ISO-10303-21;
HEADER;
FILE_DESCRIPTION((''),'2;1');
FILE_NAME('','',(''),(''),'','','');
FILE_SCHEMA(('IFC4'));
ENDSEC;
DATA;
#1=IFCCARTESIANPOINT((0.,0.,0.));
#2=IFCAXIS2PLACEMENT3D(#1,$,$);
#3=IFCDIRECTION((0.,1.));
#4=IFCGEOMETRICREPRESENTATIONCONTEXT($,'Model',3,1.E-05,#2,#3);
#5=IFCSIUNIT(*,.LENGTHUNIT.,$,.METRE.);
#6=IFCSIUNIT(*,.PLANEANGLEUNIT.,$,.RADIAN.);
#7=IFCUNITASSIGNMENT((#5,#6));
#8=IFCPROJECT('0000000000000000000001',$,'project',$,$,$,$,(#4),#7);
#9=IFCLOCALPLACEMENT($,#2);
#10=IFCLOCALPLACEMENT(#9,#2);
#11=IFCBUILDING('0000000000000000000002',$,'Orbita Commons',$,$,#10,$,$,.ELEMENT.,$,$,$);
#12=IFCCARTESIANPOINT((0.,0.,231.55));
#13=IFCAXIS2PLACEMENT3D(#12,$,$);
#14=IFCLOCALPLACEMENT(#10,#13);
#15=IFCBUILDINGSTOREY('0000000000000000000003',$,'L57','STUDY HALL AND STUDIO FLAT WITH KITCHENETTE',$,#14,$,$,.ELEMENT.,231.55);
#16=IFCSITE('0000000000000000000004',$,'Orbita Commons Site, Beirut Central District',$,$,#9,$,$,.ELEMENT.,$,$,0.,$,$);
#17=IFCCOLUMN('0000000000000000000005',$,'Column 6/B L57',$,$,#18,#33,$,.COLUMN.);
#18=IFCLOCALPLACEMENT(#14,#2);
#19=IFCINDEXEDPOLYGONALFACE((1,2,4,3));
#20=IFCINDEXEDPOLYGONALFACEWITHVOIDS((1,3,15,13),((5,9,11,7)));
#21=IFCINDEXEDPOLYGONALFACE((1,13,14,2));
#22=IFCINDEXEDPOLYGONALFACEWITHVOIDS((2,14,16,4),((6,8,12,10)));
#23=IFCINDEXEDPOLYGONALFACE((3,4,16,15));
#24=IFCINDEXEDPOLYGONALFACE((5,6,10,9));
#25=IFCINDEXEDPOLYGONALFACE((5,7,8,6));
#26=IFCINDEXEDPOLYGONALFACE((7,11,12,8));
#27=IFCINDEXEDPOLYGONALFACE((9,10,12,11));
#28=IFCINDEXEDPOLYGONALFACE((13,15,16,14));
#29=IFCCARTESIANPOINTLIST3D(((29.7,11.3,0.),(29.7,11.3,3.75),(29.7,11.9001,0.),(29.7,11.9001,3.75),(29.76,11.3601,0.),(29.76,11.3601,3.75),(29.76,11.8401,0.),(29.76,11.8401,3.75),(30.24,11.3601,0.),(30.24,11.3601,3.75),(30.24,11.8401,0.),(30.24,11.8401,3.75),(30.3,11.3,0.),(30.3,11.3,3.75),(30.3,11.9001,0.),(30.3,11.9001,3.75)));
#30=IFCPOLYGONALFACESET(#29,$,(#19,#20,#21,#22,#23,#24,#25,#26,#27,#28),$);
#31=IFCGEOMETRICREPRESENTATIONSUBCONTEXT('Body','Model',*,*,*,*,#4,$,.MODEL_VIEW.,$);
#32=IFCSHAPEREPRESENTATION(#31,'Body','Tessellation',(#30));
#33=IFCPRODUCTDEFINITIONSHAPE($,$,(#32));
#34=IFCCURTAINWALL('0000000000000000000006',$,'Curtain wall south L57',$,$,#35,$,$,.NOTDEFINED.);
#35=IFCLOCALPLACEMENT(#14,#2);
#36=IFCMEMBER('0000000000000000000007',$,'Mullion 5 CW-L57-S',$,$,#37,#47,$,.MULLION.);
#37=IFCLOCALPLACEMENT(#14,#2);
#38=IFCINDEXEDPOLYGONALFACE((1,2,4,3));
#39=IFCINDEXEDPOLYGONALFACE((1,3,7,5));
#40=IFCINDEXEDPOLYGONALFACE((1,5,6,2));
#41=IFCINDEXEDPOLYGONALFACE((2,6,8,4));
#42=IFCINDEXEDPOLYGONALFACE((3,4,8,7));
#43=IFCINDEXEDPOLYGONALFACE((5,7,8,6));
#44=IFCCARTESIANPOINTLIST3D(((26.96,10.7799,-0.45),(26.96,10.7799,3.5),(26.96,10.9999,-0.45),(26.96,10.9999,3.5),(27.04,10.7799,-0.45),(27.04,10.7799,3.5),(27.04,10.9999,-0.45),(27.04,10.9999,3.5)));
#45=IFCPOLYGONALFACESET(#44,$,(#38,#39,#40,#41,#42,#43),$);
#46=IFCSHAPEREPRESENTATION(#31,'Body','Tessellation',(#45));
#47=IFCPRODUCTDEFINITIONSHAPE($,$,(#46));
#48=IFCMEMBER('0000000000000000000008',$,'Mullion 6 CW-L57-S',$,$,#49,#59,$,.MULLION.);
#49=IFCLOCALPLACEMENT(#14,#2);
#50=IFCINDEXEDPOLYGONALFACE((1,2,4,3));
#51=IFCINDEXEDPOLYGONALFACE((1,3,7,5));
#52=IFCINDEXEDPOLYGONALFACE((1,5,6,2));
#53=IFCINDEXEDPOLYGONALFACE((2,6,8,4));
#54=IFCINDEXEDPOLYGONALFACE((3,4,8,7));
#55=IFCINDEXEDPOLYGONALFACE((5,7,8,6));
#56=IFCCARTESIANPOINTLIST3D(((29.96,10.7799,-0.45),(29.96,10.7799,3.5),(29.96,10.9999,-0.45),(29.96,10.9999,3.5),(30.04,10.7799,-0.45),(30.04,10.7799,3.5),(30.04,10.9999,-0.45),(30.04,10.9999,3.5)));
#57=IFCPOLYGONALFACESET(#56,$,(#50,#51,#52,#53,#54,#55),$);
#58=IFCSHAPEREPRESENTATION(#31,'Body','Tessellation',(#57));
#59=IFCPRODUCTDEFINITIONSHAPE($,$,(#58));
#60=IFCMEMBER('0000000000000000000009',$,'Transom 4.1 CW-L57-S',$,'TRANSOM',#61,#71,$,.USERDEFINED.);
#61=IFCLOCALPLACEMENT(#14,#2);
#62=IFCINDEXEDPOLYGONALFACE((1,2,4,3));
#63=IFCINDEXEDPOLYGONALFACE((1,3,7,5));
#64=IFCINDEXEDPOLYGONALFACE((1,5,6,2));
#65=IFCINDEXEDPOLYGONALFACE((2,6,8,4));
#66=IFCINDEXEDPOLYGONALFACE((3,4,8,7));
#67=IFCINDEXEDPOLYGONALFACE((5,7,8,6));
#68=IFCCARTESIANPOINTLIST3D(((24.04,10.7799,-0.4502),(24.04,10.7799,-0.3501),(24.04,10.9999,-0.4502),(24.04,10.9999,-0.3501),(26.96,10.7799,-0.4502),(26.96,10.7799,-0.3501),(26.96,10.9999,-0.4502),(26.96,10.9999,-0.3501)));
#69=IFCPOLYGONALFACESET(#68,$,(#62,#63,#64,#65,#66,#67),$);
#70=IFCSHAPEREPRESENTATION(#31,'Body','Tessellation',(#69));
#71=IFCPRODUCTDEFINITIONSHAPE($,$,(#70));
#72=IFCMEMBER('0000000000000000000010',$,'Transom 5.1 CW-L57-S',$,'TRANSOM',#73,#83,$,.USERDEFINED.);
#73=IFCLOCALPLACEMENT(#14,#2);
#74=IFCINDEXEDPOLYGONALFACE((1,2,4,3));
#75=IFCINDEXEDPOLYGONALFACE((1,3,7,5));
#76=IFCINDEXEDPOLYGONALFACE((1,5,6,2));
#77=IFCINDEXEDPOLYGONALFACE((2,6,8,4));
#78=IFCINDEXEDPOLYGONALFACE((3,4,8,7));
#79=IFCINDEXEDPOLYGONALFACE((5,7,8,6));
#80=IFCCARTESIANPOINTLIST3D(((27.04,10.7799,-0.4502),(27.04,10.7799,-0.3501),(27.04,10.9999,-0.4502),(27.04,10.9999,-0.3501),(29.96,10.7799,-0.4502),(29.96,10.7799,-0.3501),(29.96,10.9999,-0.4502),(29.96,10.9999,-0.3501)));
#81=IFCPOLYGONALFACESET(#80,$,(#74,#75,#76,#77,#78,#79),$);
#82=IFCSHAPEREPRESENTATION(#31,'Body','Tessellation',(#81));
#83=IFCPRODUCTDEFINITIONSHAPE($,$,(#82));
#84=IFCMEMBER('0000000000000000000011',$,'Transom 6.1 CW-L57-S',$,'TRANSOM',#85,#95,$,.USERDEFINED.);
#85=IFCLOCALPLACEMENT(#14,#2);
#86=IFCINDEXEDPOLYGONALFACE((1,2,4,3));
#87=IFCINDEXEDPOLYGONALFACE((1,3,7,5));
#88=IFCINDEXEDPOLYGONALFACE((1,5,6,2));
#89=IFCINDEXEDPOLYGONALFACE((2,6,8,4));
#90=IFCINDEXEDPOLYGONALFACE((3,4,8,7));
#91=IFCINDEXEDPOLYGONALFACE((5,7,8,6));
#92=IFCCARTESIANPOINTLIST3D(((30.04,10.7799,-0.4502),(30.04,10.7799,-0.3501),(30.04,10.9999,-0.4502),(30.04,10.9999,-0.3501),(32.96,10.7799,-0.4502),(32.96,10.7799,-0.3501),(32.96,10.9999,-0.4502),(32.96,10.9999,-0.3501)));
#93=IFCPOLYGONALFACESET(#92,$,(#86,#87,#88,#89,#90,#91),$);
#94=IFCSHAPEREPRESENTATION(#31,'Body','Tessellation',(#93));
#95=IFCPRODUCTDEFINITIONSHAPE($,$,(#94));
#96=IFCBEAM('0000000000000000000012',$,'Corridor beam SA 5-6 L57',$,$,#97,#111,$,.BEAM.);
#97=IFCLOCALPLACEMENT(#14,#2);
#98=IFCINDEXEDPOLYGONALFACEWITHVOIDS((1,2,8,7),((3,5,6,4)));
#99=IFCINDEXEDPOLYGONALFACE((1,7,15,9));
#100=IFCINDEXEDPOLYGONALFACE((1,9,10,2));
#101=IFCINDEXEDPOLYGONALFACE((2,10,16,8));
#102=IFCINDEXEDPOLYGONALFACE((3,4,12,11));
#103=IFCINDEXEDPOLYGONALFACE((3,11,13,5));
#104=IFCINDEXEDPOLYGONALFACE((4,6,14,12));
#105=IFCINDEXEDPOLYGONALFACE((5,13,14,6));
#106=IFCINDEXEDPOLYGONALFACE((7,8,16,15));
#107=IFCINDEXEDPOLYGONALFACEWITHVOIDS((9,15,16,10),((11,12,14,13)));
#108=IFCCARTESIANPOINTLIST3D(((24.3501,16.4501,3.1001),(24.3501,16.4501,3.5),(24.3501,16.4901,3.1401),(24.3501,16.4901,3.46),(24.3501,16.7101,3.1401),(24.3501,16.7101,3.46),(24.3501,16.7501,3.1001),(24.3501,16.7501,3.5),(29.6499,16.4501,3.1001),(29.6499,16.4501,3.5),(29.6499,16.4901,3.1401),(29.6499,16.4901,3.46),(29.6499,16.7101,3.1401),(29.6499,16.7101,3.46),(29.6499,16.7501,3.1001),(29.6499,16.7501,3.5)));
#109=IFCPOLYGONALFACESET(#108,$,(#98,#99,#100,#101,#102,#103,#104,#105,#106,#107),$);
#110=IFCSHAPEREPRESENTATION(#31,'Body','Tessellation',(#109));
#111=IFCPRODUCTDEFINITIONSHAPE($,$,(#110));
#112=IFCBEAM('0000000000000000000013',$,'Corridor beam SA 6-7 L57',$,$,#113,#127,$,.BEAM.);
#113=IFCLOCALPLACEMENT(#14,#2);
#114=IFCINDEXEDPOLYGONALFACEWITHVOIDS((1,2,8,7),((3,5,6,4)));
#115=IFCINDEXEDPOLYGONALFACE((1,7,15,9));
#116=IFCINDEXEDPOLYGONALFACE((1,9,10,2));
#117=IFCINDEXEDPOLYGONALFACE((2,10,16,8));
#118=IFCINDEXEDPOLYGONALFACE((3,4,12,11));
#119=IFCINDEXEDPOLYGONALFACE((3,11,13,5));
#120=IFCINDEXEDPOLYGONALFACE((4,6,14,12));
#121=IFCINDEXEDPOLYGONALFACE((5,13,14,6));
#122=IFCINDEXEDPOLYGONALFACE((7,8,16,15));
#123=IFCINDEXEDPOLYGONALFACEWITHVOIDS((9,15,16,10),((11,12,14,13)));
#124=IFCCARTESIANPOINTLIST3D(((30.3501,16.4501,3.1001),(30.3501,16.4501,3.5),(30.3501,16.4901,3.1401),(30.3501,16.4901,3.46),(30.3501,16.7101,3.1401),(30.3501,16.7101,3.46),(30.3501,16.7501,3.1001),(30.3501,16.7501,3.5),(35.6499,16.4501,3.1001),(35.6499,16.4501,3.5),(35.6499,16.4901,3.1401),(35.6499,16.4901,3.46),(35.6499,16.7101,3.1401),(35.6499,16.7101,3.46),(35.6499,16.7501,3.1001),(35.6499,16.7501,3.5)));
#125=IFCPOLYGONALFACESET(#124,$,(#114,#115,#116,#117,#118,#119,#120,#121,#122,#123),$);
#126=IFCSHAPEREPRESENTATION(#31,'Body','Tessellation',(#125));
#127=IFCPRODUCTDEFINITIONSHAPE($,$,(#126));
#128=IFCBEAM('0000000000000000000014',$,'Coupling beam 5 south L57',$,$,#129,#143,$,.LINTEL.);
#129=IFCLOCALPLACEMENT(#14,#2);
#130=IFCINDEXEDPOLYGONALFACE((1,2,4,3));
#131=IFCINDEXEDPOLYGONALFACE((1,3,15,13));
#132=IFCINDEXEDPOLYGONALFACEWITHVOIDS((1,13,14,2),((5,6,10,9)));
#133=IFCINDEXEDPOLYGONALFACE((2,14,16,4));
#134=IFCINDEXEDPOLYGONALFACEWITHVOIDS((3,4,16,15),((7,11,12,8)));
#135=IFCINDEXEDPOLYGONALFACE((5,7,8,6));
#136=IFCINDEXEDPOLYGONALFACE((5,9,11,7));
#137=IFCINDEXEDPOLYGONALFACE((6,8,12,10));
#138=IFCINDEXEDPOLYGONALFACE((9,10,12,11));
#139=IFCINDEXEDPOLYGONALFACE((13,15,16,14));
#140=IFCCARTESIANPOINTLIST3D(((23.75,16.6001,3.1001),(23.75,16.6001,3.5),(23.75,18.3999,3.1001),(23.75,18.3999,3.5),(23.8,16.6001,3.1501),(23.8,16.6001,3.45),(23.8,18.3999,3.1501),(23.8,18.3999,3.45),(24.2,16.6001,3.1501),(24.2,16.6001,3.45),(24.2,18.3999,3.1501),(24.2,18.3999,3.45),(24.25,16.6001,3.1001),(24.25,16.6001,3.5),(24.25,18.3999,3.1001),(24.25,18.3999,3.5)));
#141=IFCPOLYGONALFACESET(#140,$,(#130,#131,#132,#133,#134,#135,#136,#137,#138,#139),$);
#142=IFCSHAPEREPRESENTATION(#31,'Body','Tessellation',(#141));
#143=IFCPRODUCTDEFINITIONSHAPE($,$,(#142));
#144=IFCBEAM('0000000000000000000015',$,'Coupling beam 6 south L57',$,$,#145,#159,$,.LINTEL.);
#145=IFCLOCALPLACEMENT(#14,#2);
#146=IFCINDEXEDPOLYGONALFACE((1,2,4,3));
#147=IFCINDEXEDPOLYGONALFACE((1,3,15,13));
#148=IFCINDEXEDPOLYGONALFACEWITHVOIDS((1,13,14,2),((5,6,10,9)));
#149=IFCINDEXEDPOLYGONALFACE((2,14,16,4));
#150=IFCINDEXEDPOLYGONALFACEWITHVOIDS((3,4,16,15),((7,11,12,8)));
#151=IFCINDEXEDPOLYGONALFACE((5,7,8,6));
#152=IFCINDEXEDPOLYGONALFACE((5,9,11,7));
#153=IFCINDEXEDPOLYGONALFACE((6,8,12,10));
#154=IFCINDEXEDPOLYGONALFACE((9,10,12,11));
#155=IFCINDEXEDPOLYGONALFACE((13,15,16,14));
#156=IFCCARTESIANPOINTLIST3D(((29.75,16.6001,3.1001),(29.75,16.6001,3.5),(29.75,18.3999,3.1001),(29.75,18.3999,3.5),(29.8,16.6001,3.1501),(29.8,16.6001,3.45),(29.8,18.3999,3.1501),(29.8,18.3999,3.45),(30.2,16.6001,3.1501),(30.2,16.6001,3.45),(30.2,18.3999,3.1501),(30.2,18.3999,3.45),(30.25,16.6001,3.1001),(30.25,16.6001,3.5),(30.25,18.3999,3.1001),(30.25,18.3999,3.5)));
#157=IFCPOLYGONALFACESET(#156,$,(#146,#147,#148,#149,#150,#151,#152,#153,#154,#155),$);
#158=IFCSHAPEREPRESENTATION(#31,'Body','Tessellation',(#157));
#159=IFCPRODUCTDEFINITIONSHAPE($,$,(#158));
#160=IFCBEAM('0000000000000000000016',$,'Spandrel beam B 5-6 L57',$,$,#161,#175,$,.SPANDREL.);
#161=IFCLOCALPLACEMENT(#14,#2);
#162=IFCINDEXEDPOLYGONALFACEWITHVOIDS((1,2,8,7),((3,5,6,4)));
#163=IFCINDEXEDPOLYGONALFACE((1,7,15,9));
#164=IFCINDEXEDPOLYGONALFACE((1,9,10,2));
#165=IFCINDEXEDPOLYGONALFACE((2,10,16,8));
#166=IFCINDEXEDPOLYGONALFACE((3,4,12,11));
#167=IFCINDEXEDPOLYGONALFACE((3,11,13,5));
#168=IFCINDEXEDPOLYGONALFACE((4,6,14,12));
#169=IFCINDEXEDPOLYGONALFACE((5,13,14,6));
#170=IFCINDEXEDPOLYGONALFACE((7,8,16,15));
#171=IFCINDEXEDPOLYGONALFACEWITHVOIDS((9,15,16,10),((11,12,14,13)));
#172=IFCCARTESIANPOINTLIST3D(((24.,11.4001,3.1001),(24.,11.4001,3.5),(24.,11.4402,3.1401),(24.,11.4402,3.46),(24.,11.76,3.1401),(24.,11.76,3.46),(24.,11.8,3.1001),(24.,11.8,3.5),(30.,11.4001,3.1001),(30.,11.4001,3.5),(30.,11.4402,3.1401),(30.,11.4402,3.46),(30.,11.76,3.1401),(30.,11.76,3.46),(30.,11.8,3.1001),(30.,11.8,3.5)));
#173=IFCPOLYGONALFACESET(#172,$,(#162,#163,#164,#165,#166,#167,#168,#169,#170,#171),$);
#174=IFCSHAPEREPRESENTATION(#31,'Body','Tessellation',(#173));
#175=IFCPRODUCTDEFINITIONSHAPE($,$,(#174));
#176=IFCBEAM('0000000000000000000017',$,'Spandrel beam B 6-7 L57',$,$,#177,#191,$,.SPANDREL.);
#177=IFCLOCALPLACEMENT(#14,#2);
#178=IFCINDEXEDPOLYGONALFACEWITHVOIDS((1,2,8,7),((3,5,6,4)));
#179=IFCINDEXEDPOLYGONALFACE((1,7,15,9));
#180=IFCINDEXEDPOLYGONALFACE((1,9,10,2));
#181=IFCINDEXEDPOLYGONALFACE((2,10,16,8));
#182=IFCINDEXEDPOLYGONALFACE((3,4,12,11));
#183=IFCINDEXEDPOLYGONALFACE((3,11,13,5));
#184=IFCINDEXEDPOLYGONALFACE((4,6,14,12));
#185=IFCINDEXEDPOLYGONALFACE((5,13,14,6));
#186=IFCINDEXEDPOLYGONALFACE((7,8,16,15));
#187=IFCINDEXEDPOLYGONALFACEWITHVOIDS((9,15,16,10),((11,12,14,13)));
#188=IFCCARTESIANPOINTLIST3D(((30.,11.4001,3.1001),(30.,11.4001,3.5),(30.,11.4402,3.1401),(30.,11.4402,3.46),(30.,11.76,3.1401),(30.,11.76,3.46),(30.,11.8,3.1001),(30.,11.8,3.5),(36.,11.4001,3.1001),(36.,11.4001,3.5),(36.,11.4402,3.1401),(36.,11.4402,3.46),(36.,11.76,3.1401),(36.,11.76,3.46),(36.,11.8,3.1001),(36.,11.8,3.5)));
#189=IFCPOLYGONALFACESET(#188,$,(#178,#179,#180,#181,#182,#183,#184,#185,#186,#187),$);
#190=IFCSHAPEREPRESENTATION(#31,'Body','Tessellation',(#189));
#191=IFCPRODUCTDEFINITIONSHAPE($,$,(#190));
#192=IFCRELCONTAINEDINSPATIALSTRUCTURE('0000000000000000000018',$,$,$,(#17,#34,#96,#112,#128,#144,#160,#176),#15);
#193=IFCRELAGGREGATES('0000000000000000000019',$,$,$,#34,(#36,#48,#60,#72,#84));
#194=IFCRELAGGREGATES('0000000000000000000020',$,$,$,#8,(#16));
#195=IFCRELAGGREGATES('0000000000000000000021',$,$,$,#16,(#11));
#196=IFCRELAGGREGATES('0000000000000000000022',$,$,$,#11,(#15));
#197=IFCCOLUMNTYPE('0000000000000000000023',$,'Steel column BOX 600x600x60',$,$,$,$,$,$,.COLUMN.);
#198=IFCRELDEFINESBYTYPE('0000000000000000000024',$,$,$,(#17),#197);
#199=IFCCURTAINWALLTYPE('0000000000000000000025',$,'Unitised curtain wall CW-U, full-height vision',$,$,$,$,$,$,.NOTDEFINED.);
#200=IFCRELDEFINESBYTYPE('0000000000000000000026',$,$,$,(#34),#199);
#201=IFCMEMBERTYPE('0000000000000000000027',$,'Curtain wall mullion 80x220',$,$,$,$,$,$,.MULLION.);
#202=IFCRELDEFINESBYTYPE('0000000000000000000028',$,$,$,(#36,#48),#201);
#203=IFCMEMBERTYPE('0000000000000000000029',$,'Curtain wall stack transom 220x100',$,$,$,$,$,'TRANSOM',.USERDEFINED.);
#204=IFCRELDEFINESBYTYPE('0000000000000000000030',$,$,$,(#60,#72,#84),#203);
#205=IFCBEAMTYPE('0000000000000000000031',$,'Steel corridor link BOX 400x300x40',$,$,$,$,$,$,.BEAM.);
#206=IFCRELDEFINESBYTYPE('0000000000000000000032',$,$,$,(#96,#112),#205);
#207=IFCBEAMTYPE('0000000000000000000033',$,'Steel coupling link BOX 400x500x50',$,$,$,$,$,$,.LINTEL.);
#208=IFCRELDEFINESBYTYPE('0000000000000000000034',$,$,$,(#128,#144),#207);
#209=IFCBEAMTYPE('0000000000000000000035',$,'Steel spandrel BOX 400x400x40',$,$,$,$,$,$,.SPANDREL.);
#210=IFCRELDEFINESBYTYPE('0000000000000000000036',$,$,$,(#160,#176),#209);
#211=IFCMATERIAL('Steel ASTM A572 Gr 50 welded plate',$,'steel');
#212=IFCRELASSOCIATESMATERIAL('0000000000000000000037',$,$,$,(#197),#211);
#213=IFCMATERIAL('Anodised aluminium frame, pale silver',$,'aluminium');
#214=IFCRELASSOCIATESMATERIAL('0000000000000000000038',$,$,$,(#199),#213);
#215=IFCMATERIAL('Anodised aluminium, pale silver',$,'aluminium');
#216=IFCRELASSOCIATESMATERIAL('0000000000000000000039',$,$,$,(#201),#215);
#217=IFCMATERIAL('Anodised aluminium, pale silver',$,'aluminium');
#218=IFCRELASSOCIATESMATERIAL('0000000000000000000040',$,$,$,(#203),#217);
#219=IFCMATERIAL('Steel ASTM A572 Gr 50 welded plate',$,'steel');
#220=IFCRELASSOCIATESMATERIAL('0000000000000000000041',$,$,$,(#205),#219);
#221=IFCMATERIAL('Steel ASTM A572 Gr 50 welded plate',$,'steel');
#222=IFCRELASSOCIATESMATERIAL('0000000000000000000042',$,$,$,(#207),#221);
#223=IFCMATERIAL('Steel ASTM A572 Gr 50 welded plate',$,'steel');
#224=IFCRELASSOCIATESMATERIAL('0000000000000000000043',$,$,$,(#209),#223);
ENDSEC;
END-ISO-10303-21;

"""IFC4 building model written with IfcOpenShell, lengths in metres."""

from ifc_helpers import new_model, si_unit, direction, frame, origin, origin_2d, place, context, subcontext, project, spatial, rectangle, hollow_rectangle, extrude, material, material_profile, profile_set, type_object, element, aggregate, save


model = new_model("IFC4")

# Units and contexts
model_context = context("Model", 3, precision=1e-05, world=origin(), true_north=direction((0.0, 1.0)))
body_context = subcontext(model_context, "Body", "Model", "MODEL_VIEW")
ifc_project = project(units=[si_unit("LENGTHUNIT", "METRE"), si_unit("PLANEANGLEUNIT", "RADIAN")], contexts=[model_context])

# Site, building, storey
site_placement = place(None, origin())
site = spatial("IfcSite", under=ifc_project, at=site_placement, Name="Orbita Commons Site, Beirut Central District", CompositionType="ELEMENT", RefElevation=0.0)
building_placement = place(site_placement, origin())
building = spatial("IfcBuilding", under=site, at=building_placement, Name="Orbita Commons", CompositionType="ELEMENT")
storey_placement = place(building_placement, frame((0.0, 0.0, 231.55)))
storey = spatial("IfcBuildingStorey", under=building, at=storey_placement, Name="L57", Description="STUDY HALL AND STUDIO FLAT WITH KITCHENETTE", CompositionType="ELEMENT", Elevation=231.55)

# Column
ifc_material_1 = material(Name="Steel ASTM A572 Gr 50 welded plate", Category="steel")
ifc_material_profile_1 = material_profile(ifc_material_1, hollow_rectangle(XDim=0.6001, YDim=0.6001, WallThickness=0.0601, at=origin_2d()), Name="BOX 600x600x60")
ifc_profile_set_1 = profile_set([ifc_material_profile_1], Name="Steel ASTM A572 Gr 50 welded plate")
column_type = type_object("IfcColumnType", Name="Steel column BOX 600x600x60", PredefinedType="COLUMN", material=ifc_profile_set_1)
column_placement = place(storey_placement, frame((30.0, 11.6001, 0.0), z_axis=(0.0, 0.0, 1.0), x_axis=(1.0, 0.0, 0.0)))
element("IfcColumn", 1, at=column_placement, inside=storey, type_object=column_type, Name="Column 6/B L57", PredefinedType="COLUMN", context=body_context, shape_type="SweptSolid", body=[
    extrude(hollow_rectangle(XDim=0.6001, YDim=0.6001, WallThickness=0.0601, at=origin_2d()), origin(), (0.0, 0.0, 1.0), 3.75),
])

# Curtain wall, members
ifc_material_2 = material(Name="Anodised aluminium frame, pale silver", Category="aluminium")
curtain_wall_type = type_object("IfcCurtainWallType", Name="Unitised curtain wall CW-U, full-height vision", PredefinedType="NOTDEFINED", material=ifc_material_2)
curtain_wall_placement = place(storey_placement, origin())
curtain_wall = element("IfcCurtainWall", 2, at=curtain_wall_placement, inside=storey, type_object=curtain_wall_type, Name="Curtain wall south L57", PredefinedType="NOTDEFINED")
ifc_material_3 = material(Name="Anodised aluminium, pale silver", Category="aluminium")
ifc_material_profile_2 = material_profile(ifc_material_3, rectangle(XDim=0.0801, YDim=0.22, at=origin_2d()), Name="AL 80x220")
ifc_profile_set_2 = profile_set([ifc_material_profile_2], Name="Anodised aluminium, pale silver")
member_type_1 = type_object("IfcMemberType", Name="Curtain wall mullion 80x220", PredefinedType="MULLION", material=ifc_profile_set_2)
member_1_placement = place(storey_placement, frame((27.0, 10.8899, -0.45), z_axis=(0.0, 0.0, 1.0), x_axis=(1.0, 0.0, 0.0)))
member_1 = element("IfcMember", 3, at=member_1_placement, type_object=member_type_1, Name="Mullion 5 CW-L57-S", PredefinedType="MULLION", context=body_context, shape_type="SweptSolid", body=[
    extrude(rectangle(XDim=0.0801, YDim=0.22, at=origin_2d()), origin(), (0.0, 0.0, 1.0), 3.95),
])
member_2_placement = place(storey_placement, frame((30.0, 10.8899, -0.45), z_axis=(0.0, 0.0, 1.0), x_axis=(1.0, 0.0, 0.0)))
member_2 = element("IfcMember", 4, at=member_2_placement, type_object=member_type_1, Name="Mullion 6 CW-L57-S", PredefinedType="MULLION", context=body_context, shape_type="SweptSolid", body=[
    extrude(rectangle(XDim=0.0801, YDim=0.22, at=origin_2d()), origin(), (0.0, 0.0, 1.0), 3.95),
])
ifc_material_4 = material(Name="Anodised aluminium, pale silver", Category="aluminium")
ifc_material_profile_3 = material_profile(ifc_material_4, rectangle(XDim=0.22, YDim=0.1001, at=origin_2d()), Name="AL 220x100")
ifc_profile_set_3 = profile_set([ifc_material_profile_3], Name="Anodised aluminium, pale silver")
member_type_2 = type_object("IfcMemberType", Name="Curtain wall stack transom 220x100", ElementType="TRANSOM", PredefinedType="USERDEFINED", material=ifc_profile_set_3)
member_3_placement = place(storey_placement, frame((24.04, 10.8899, -0.4001), z_axis=(1.0, 0.0, 0.0), x_axis=(0.0, 1.0, 0.0)))
member_3 = element("IfcMember", 5, at=member_3_placement, type_object=member_type_2, Name="Transom 4.1 CW-L57-S", ObjectType="TRANSOM", PredefinedType="USERDEFINED", context=body_context, shape_type="SweptSolid", body=[
    extrude(rectangle(XDim=0.22, YDim=0.1001, at=origin_2d()), origin(), (0.0, 0.0, 1.0), 2.9199),
])
member_4_placement = place(storey_placement, frame((27.04, 10.8899, -0.4001), z_axis=(1.0, 0.0, 0.0), x_axis=(0.0, 1.0, 0.0)))
member_4 = element("IfcMember", 6, at=member_4_placement, type_object=member_type_2, Name="Transom 5.1 CW-L57-S", ObjectType="TRANSOM", PredefinedType="USERDEFINED", context=body_context, shape_type="SweptSolid", body=[
    extrude(rectangle(XDim=0.22, YDim=0.1001, at=origin_2d()), origin(), (0.0, 0.0, 1.0), 2.9199),
])
member_5_placement = place(storey_placement, frame((30.04, 10.8899, -0.4001), z_axis=(1.0, 0.0, 0.0), x_axis=(0.0, 1.0, 0.0)))
member_5 = element("IfcMember", 7, at=member_5_placement, type_object=member_type_2, Name="Transom 6.1 CW-L57-S", ObjectType="TRANSOM", PredefinedType="USERDEFINED", context=body_context, shape_type="SweptSolid", body=[
    extrude(rectangle(XDim=0.22, YDim=0.1001, at=origin_2d()), origin(), (0.0, 0.0, 1.0), 2.9199),
])

# Beams
ifc_material_5 = material(Name="Steel ASTM A572 Gr 50 welded plate", Category="steel")
ifc_material_profile_4 = material_profile(ifc_material_5, hollow_rectangle(XDim=0.3, YDim=0.3999, WallThickness=0.04, at=origin_2d()), Name="BOX 400x300x40")
ifc_profile_set_4 = profile_set([ifc_material_profile_4], Name="Steel ASTM A572 Gr 50 welded plate")
beam_type_1 = type_object("IfcBeamType", Name="Steel corridor link BOX 400x300x40", PredefinedType="BEAM", material=ifc_profile_set_4)
for number, where, z_axis, x_axis, name in (
    (8, (24.3501, 16.6001, 3.3), (1.0, 0.0, 0.0), (0.0, 1.0, 0.0), "Corridor beam SA 5-6 L57"),
    (9, (30.3501, 16.6001, 3.3), (1.0, 0.0, 0.0), (0.0, 1.0, 0.0), "Corridor beam SA 6-7 L57"),
):
    element("IfcBeam", number, at=place(storey_placement, frame(where, z_axis=z_axis, x_axis=x_axis)), inside=storey, type_object=beam_type_1, Name=name, PredefinedType="BEAM", context=body_context, shape_type="SweptSolid", body=[
        extrude(hollow_rectangle(XDim=0.3, YDim=0.3999, WallThickness=0.04, at=origin_2d()), origin(), (0.0, 0.0, 1.0), 5.2998),
    ])
ifc_material_6 = material(Name="Steel ASTM A572 Gr 50 welded plate", Category="steel")
ifc_material_profile_5 = material_profile(ifc_material_6, hollow_rectangle(XDim=0.5, YDim=0.3999, WallThickness=0.05, at=origin_2d()), Name="BOX 400x500x50")
ifc_profile_set_5 = profile_set([ifc_material_profile_5], Name="Steel ASTM A572 Gr 50 welded plate")
beam_type_2 = type_object("IfcBeamType", Name="Steel coupling link BOX 400x500x50", PredefinedType="LINTEL", material=ifc_profile_set_5)
for number, where, z_axis, x_axis, name in (
    (10, (24.0, 16.6001, 3.3), (0.0, 1.0, 0.0), (-1.0, 0.0, 0.0), "Coupling beam 5 south L57"),
    (11, (30.0, 16.6001, 3.3), (0.0, 1.0, 0.0), (-1.0, 0.0, 0.0), "Coupling beam 6 south L57"),
):
    element("IfcBeam", number, at=place(storey_placement, frame(where, z_axis=z_axis, x_axis=x_axis)), inside=storey, type_object=beam_type_2, Name=name, PredefinedType="LINTEL", context=body_context, shape_type="SweptSolid", body=[
        extrude(hollow_rectangle(XDim=0.5, YDim=0.3999, WallThickness=0.05, at=origin_2d()), origin(), (0.0, 0.0, 1.0), 1.7998),
    ])
ifc_material_7 = material(Name="Steel ASTM A572 Gr 50 welded plate", Category="steel")
ifc_material_profile_6 = material_profile(ifc_material_7, hollow_rectangle(XDim=0.3999, YDim=0.3999, WallThickness=0.04, at=origin_2d()), Name="BOX 400x400x40")
ifc_profile_set_6 = profile_set([ifc_material_profile_6], Name="Steel ASTM A572 Gr 50 welded plate")
beam_type_3 = type_object("IfcBeamType", Name="Steel spandrel BOX 400x400x40", PredefinedType="SPANDREL", material=ifc_profile_set_6)
for number, where, z_axis, x_axis, name in (
    (12, (24.0, 11.6001, 3.3), (1.0, 0.0, 0.0), (0.0, 1.0, 0.0), "Spandrel beam B 5-6 L57"),
    (13, (30.0, 11.6001, 3.3), (1.0, 0.0, 0.0), (0.0, 1.0, 0.0), "Spandrel beam B 6-7 L57"),
):
    element("IfcBeam", number, at=place(storey_placement, frame(where, z_axis=z_axis, x_axis=x_axis)), inside=storey, type_object=beam_type_3, Name=name, PredefinedType="SPANDREL", context=body_context, shape_type="SweptSolid", body=[
        extrude(hollow_rectangle(XDim=0.3999, YDim=0.3999, WallThickness=0.04, at=origin_2d()), origin(), (0.0, 0.0, 1.0), 6.0),
    ])

aggregate(curtain_wall, [member_1, member_2, member_3, member_4, member_5])

save(model, "model.ifc")
